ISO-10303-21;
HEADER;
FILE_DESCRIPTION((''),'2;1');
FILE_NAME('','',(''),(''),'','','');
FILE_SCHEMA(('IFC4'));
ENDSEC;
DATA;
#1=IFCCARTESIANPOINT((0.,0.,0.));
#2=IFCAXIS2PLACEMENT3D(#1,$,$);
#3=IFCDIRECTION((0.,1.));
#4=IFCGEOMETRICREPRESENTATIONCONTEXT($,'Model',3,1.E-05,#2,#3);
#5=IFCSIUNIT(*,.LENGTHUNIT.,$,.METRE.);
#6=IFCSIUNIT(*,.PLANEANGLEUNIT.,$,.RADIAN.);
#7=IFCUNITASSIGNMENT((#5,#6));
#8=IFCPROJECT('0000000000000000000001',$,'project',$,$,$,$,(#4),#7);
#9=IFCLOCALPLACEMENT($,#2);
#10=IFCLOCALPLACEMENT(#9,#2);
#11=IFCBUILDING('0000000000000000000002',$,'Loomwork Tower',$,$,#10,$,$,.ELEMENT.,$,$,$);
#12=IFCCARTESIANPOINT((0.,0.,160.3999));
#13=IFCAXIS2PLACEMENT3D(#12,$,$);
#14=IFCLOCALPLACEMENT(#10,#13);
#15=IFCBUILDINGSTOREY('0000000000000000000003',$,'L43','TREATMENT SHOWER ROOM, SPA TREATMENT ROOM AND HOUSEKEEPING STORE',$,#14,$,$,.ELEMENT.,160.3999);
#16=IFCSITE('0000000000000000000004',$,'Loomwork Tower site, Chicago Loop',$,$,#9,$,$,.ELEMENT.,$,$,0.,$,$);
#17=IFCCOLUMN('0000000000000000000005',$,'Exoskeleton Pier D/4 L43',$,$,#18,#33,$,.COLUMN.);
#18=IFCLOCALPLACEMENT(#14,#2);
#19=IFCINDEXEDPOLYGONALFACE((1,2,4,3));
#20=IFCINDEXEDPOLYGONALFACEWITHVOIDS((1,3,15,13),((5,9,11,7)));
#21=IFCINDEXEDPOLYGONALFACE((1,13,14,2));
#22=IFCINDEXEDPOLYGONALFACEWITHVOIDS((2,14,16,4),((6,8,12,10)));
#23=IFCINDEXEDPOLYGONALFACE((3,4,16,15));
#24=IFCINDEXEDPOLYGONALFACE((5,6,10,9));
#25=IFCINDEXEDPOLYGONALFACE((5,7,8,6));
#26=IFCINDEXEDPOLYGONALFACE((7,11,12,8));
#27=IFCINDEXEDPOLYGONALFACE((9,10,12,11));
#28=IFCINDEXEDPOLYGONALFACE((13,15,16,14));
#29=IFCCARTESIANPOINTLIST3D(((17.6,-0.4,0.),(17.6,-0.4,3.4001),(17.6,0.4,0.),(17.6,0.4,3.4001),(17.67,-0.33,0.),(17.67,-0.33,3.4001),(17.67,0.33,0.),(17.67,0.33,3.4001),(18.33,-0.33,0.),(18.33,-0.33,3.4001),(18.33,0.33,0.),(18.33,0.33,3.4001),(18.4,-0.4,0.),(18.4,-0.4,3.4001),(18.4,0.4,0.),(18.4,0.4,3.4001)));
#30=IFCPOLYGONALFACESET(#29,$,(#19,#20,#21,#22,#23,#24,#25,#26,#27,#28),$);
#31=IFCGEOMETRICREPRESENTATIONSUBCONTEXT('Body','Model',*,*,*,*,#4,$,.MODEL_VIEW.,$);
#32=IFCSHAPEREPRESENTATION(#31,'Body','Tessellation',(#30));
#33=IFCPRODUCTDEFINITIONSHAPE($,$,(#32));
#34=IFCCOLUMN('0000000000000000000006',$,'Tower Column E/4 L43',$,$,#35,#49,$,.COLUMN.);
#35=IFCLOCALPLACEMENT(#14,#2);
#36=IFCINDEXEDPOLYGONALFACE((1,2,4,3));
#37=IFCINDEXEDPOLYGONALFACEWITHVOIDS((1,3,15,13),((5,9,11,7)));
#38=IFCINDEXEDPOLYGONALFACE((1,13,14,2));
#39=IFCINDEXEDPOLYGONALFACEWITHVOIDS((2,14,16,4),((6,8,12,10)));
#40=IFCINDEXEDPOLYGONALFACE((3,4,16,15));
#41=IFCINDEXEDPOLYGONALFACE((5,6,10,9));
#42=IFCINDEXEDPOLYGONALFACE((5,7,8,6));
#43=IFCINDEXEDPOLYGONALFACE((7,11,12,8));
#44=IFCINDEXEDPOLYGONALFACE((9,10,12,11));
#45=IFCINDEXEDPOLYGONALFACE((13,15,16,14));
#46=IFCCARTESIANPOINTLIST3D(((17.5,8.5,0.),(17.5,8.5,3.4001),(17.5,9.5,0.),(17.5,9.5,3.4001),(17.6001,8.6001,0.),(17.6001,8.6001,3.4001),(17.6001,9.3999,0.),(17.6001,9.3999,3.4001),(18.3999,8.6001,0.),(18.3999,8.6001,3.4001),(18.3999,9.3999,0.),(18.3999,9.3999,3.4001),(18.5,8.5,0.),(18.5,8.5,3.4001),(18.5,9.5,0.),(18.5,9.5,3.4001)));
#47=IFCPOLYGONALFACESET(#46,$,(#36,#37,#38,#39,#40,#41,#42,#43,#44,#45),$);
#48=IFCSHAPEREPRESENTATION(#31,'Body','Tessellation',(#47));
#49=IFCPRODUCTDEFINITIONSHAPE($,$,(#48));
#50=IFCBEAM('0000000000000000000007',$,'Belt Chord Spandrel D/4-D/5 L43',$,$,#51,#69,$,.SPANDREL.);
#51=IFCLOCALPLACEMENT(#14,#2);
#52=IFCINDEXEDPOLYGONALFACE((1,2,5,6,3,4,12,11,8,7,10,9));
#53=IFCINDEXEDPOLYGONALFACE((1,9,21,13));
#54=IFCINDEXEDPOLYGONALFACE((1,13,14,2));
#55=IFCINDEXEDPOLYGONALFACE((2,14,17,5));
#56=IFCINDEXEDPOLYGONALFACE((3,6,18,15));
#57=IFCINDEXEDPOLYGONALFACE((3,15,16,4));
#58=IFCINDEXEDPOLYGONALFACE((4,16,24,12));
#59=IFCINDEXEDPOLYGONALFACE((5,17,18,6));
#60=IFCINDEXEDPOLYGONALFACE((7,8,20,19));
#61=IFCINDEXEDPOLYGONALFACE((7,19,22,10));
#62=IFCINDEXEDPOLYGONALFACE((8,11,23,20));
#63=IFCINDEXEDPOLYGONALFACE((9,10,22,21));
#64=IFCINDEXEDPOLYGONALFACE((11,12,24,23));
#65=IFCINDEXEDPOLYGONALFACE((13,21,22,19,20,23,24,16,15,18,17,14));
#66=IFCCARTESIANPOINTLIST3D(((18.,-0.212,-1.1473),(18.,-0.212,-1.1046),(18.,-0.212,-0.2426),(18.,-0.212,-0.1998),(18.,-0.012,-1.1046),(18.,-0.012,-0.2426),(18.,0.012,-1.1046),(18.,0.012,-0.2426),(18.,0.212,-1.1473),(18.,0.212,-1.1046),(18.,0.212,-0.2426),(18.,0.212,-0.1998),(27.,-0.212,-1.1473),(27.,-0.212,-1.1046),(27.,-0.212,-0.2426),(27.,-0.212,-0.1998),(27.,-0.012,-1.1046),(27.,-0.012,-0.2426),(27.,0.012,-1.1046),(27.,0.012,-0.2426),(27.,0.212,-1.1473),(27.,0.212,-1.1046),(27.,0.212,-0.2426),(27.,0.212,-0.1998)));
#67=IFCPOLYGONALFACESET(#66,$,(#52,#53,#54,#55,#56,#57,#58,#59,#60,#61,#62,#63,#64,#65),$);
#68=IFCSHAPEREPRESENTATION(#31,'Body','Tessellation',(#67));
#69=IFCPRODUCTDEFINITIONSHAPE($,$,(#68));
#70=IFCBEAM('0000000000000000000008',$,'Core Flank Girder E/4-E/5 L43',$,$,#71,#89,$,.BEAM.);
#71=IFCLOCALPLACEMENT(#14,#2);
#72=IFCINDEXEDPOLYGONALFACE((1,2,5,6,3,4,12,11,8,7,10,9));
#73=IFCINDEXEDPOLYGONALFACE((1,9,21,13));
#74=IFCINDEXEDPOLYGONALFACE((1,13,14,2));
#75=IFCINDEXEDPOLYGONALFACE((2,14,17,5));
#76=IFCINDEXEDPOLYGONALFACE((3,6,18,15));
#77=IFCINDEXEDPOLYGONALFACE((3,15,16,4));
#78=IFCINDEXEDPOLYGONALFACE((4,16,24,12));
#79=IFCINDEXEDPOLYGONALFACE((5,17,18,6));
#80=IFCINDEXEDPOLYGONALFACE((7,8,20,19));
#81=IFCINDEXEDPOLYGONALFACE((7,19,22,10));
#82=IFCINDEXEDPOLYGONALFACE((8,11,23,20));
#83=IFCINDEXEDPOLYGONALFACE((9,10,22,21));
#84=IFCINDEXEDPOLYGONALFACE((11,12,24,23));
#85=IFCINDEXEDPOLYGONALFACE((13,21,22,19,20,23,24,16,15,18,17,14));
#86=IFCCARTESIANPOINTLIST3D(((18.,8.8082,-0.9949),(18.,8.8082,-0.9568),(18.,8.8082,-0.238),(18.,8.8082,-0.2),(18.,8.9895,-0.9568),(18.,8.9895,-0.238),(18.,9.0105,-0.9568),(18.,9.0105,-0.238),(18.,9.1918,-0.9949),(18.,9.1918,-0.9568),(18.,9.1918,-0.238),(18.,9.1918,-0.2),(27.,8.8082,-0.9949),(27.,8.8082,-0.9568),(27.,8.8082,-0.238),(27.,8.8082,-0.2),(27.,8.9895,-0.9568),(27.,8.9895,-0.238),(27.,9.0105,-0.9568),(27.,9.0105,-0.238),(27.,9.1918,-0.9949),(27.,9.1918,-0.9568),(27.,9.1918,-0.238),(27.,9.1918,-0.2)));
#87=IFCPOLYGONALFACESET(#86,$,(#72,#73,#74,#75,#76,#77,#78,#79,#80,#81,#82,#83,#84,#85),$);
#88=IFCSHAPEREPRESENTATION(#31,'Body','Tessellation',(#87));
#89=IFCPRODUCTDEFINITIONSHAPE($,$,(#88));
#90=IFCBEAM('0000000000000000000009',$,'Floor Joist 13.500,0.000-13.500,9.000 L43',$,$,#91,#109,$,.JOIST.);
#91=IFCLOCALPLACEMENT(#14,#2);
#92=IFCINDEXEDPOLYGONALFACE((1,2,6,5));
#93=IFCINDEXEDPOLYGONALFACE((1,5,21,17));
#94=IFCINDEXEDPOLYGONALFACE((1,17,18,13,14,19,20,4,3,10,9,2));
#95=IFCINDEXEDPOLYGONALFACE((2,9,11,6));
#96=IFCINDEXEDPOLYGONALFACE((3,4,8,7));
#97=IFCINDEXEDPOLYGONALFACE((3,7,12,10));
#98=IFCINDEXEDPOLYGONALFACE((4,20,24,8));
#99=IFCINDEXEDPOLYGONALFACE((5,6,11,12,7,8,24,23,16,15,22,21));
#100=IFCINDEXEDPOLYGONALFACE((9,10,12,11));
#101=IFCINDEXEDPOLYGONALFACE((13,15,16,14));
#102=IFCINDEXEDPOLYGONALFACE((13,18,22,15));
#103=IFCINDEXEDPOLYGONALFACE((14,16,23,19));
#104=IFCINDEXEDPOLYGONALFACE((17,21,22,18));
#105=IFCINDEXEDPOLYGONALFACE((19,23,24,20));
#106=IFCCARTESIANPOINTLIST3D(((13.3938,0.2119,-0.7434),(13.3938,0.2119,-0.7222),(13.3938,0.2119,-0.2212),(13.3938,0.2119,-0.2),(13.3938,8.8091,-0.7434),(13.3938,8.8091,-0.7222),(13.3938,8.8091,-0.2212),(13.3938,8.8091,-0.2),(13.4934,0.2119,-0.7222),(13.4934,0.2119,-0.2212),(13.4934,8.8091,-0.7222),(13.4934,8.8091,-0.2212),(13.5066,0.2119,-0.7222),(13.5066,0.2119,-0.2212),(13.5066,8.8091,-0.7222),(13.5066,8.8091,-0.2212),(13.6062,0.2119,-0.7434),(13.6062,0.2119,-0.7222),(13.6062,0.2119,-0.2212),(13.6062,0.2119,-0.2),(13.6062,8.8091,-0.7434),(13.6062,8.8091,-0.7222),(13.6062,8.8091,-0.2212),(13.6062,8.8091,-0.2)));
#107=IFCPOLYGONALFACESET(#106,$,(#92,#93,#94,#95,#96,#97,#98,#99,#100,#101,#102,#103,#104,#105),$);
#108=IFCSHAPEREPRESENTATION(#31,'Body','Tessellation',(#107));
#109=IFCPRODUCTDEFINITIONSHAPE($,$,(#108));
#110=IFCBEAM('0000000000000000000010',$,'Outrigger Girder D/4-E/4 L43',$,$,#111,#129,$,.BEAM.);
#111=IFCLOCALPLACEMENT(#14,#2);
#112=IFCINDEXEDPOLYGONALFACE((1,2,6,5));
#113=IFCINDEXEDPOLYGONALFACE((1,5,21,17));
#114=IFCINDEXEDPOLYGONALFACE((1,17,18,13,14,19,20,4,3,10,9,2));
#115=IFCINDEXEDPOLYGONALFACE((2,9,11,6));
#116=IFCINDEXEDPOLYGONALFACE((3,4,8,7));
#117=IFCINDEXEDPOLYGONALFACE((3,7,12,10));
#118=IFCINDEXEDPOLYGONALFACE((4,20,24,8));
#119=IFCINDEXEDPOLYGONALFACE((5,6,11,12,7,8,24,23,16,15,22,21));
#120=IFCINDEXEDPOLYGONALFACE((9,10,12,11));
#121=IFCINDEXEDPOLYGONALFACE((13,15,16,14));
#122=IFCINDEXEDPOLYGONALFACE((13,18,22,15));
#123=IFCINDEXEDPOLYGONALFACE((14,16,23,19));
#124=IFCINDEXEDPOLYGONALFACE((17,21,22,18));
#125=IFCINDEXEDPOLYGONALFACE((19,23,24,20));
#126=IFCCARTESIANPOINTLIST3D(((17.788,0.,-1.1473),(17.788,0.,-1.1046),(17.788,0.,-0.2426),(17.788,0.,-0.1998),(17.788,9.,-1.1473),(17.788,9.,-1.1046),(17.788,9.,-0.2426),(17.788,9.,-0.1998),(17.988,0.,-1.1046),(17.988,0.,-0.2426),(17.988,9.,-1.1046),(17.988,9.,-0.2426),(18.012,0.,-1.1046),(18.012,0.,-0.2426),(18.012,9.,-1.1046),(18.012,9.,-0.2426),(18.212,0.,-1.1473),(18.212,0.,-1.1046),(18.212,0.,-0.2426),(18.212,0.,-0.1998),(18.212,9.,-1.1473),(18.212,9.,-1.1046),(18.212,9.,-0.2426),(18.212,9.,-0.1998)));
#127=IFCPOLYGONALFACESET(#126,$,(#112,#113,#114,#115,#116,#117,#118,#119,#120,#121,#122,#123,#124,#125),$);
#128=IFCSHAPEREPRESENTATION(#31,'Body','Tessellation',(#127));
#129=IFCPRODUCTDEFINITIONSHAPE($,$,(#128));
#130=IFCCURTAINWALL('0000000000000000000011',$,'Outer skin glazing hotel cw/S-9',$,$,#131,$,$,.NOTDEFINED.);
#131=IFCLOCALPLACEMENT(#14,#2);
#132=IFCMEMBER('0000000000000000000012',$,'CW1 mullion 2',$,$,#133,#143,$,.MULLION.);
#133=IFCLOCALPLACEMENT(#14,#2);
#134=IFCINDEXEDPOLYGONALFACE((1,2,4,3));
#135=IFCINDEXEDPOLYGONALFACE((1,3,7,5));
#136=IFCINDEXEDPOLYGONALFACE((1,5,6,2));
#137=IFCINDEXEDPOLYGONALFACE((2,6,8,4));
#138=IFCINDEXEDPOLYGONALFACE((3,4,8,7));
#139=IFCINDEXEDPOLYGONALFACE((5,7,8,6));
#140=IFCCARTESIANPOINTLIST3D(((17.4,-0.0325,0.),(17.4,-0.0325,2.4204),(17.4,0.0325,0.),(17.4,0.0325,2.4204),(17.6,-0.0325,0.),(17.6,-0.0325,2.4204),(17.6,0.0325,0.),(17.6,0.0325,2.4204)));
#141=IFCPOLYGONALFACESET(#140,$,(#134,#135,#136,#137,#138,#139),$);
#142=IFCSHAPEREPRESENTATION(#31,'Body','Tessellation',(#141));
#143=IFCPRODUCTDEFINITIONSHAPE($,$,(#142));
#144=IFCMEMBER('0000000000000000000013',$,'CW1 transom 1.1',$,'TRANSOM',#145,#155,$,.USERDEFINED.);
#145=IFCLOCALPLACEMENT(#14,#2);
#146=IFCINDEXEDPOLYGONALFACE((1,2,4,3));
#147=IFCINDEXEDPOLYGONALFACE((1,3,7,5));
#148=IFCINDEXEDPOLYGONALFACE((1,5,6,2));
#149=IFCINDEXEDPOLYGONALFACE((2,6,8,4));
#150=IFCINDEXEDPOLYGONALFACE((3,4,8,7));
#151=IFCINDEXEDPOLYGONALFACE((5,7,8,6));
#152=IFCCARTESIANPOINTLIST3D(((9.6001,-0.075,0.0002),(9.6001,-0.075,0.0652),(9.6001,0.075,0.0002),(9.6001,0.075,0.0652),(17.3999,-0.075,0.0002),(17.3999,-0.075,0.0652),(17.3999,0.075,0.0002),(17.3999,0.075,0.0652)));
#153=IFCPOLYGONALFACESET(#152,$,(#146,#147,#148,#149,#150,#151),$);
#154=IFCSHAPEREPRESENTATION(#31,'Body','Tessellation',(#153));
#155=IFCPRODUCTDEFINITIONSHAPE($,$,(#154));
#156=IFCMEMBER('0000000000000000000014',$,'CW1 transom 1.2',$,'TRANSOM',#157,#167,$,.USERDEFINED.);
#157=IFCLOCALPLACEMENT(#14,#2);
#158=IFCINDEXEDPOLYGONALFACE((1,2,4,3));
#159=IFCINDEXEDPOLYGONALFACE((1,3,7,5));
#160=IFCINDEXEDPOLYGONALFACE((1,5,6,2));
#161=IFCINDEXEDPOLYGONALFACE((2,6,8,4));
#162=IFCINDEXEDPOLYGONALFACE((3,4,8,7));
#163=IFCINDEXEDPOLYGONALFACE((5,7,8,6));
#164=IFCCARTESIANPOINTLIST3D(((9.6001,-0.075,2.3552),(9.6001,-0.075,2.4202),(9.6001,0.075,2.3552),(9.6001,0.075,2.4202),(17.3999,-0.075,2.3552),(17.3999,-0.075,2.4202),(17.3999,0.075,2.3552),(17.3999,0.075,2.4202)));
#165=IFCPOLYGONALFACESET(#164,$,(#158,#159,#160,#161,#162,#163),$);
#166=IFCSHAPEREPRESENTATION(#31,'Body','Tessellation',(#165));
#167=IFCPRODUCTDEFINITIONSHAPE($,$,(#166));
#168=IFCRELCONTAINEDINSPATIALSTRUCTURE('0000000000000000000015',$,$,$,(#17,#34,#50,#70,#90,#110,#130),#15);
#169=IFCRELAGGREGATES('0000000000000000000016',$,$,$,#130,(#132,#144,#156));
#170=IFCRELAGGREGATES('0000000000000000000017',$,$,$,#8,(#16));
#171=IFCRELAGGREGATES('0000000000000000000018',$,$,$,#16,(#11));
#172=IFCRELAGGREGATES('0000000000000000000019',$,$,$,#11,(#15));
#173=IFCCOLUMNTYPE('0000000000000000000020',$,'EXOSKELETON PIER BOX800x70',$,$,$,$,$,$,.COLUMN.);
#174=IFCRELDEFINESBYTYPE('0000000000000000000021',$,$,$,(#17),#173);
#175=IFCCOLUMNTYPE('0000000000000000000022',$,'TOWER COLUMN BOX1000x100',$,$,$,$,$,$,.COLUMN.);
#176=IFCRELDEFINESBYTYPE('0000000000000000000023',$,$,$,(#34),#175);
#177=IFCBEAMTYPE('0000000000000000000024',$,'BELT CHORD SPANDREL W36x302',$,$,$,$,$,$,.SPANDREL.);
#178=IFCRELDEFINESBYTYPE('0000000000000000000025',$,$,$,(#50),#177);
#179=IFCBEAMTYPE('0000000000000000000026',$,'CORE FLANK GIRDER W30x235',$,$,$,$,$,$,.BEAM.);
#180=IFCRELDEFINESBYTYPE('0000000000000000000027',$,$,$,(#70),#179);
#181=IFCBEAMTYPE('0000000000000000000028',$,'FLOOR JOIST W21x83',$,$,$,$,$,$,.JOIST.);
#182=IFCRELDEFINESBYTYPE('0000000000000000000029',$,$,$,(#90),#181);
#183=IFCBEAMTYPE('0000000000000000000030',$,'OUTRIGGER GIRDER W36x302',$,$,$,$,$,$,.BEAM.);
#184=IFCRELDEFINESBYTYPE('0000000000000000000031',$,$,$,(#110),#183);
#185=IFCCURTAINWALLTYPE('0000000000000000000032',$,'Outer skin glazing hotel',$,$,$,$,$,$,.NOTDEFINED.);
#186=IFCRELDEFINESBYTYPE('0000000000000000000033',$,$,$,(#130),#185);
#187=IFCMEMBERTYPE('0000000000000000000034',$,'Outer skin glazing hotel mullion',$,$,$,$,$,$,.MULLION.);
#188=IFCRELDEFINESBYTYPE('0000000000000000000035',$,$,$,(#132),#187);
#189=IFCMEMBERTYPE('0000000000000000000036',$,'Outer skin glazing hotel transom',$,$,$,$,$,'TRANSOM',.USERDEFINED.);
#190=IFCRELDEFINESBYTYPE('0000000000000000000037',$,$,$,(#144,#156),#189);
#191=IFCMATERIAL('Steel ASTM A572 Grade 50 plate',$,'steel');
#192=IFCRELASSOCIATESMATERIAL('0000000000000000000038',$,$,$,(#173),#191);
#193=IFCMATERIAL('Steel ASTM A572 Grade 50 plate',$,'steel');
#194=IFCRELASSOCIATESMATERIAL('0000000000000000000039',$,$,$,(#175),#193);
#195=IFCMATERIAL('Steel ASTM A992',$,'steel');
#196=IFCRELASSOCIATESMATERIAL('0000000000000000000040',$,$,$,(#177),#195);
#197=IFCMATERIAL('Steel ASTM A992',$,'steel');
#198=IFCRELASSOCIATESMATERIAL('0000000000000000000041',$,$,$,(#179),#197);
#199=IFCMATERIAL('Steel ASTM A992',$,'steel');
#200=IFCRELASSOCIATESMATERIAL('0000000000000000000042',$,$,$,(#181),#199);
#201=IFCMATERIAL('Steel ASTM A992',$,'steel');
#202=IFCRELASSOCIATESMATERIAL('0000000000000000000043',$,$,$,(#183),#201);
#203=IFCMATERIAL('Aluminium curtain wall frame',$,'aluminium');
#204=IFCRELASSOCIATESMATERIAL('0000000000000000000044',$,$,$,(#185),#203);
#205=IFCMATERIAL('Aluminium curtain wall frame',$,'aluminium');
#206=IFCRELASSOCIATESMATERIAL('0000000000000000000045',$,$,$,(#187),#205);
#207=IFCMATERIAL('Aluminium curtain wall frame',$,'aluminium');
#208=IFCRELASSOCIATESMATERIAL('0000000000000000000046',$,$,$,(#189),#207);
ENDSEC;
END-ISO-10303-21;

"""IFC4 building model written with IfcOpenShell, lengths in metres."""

from ifc_helpers import new_model, si_unit, direction, frame, origin, origin_2d, place, context, subcontext, project, spatial, rectangle, hollow_rectangle, i_section, extrude, material, material_profile, profile_set, type_object, element, aggregate, save


model = new_model("IFC4")

# Units and contexts
model_context = context("Model", 3, precision=1e-05, world=origin(), true_north=direction((0.0, 1.0)))
body_context = subcontext(model_context, "Body", "Model", "MODEL_VIEW")
ifc_project = project(units=[si_unit("LENGTHUNIT", "METRE"), si_unit("PLANEANGLEUNIT", "RADIAN")], contexts=[model_context])

# Site, building, storey
site_placement = place(None, origin())
site = spatial("IfcSite", under=ifc_project, at=site_placement, Name="Loomwork Tower site, Chicago Loop", CompositionType="ELEMENT", RefElevation=0.0)
building_placement = place(site_placement, origin())
building = spatial("IfcBuilding", under=site, at=building_placement, Name="Loomwork Tower", CompositionType="ELEMENT")
storey_placement = place(building_placement, frame((0.0, 0.0, 160.3999)))
storey = spatial("IfcBuildingStorey", under=building, at=storey_placement, Name="L43", Description="TREATMENT SHOWER ROOM, SPA TREATMENT ROOM AND HOUSEKEEPING STORE", CompositionType="ELEMENT", Elevation=160.3999)

# Columns
ifc_material_1 = material(Name="Steel ASTM A572 Grade 50 plate", Category="steel")
ifc_material_profile_1 = material_profile(ifc_material_1, hollow_rectangle(XDim=0.8, YDim=0.8, WallThickness=0.0701, at=origin_2d()), Name="BOX800x70")
ifc_profile_set_1 = profile_set([ifc_material_profile_1], Name="Steel ASTM A572 Grade 50 plate")
column_type_1 = type_object("IfcColumnType", Name="EXOSKELETON PIER BOX800x70", PredefinedType="COLUMN", material=ifc_profile_set_1)
column_1_placement = place(storey_placement, frame((18.0, 0.0, 0.0), z_axis=(0.0, 0.0, 1.0), x_axis=(1.0, 0.0, 0.0)))
element("IfcColumn", 1, at=column_1_placement, inside=storey, type_object=column_type_1, Name="Exoskeleton Pier D/4 L43", PredefinedType="COLUMN", context=body_context, shape_type="SweptSolid", body=[
    extrude(hollow_rectangle(XDim=0.8, YDim=0.8, WallThickness=0.0701, at=origin_2d()), origin(), (0.0, 0.0, 1.0), 3.4001),
])
ifc_material_2 = material(Name="Steel ASTM A572 Grade 50 plate", Category="steel")
ifc_material_profile_2 = material_profile(ifc_material_2, hollow_rectangle(XDim=1.0, YDim=1.0, WallThickness=0.1001, at=origin_2d()), Name="BOX1000x100")
ifc_profile_set_2 = profile_set([ifc_material_profile_2], Name="Steel ASTM A572 Grade 50 plate")
column_type_2 = type_object("IfcColumnType", Name="TOWER COLUMN BOX1000x100", PredefinedType="COLUMN", material=ifc_profile_set_2)
column_2_placement = place(storey_placement, frame((18.0, 9.0, 0.0), z_axis=(0.0, 0.0, 1.0), x_axis=(1.0, 0.0, 0.0)))
element("IfcColumn", 2, at=column_2_placement, inside=storey, type_object=column_type_2, Name="Tower Column E/4 L43", PredefinedType="COLUMN", context=body_context, shape_type="SweptSolid", body=[
    extrude(hollow_rectangle(XDim=1.0, YDim=1.0, WallThickness=0.1001, at=origin_2d()), origin(), (0.0, 0.0, 1.0), 3.4001),
])

# Beams
ifc_material_3 = material(Name="Steel ASTM A992", Category="steel")
ifc_material_profile_3 = material_profile(ifc_material_3, i_section(OverallWidth=0.4241, OverallDepth=0.9475, WebThickness=0.0239, FlangeThickness=0.0427, at=origin_2d()), Name="W36x302")
ifc_profile_set_3 = profile_set([ifc_material_profile_3], Name="Steel ASTM A992")
beam_type_1 = type_object("IfcBeamType", Name="BELT CHORD SPANDREL W36x302", PredefinedType="SPANDREL", material=ifc_profile_set_3)
beam_1_placement = place(storey_placement, frame((18.0, 0.0, -0.6736), z_axis=(1.0, 0.0, 0.0), x_axis=(0.0, 1.0, 0.0)))
element("IfcBeam", 3, at=beam_1_placement, inside=storey, type_object=beam_type_1, Name="Belt Chord Spandrel D/4-D/5 L43", PredefinedType="SPANDREL", context=body_context, shape_type="SweptSolid", body=[
    extrude(i_section(OverallWidth=0.4241, OverallDepth=0.9475, WebThickness=0.0239, FlangeThickness=0.0427, at=origin_2d()), origin(), (0.0, 0.0, 1.0), 9.0),
])
ifc_material_4 = material(Name="Steel ASTM A992", Category="steel")
ifc_material_profile_4 = material_profile(ifc_material_4, i_section(OverallWidth=0.3835, OverallDepth=0.7949, WebThickness=0.021, FlangeThickness=0.0381, at=origin_2d()), Name="W30x235")
ifc_profile_set_4 = profile_set([ifc_material_profile_4], Name="Steel ASTM A992")
beam_type_2 = type_object("IfcBeamType", Name="CORE FLANK GIRDER W30x235", PredefinedType="BEAM", material=ifc_profile_set_4)
beam_2_placement = place(storey_placement, frame((18.0, 9.0, -0.5974), z_axis=(1.0, 0.0, 0.0), x_axis=(0.0, 1.0, 0.0)))
element("IfcBeam", 4, at=beam_2_placement, inside=storey, type_object=beam_type_2, Name="Core Flank Girder E/4-E/5 L43", PredefinedType="BEAM", context=body_context, shape_type="SweptSolid", body=[
    extrude(i_section(OverallWidth=0.3835, OverallDepth=0.7949, WebThickness=0.021, FlangeThickness=0.0381, at=origin_2d()), origin(), (0.0, 0.0, 1.0), 9.0),
])
ifc_material_5 = material(Name="Steel ASTM A992", Category="steel")
ifc_material_profile_5 = material_profile(ifc_material_5, i_section(OverallWidth=0.2124, OverallDepth=0.5435, WebThickness=0.0132, FlangeThickness=0.0212, at=origin_2d()), Name="W21x83")
ifc_profile_set_5 = profile_set([ifc_material_profile_5], Name="Steel ASTM A992")
beam_type_3 = type_object("IfcBeamType", Name="FLOOR JOIST W21x83", PredefinedType="JOIST", material=ifc_profile_set_5)
beam_3_placement = place(storey_placement, frame((13.5, 0.2119, -0.4717), z_axis=(0.0, 1.0, 0.0), x_axis=(-1.0, 0.0, 0.0)))
element("IfcBeam", 5, at=beam_3_placement, inside=storey, type_object=beam_type_3, Name="Floor Joist 13.500,0.000-13.500,9.000 L43", PredefinedType="JOIST", context=body_context, shape_type="SweptSolid", body=[
    extrude(i_section(OverallWidth=0.2124, OverallDepth=0.5435, WebThickness=0.0132, FlangeThickness=0.0212, at=origin_2d()), origin(), (0.0, 0.0, 1.0), 8.5972),
])
ifc_material_6 = material(Name="Steel ASTM A992", Category="steel")
ifc_material_profile_6 = material_profile(ifc_material_6, i_section(OverallWidth=0.4241, OverallDepth=0.9475, WebThickness=0.0239, FlangeThickness=0.0427, at=origin_2d()), Name="W36x302")
ifc_profile_set_6 = profile_set([ifc_material_profile_6], Name="Steel ASTM A992")
beam_type_4 = type_object("IfcBeamType", Name="OUTRIGGER GIRDER W36x302", PredefinedType="BEAM", material=ifc_profile_set_6)
beam_4_placement = place(storey_placement, frame((18.0, 0.0, -0.6736), z_axis=(0.0, 1.0, 0.0), x_axis=(-1.0, 0.0, 0.0)))
element("IfcBeam", 6, at=beam_4_placement, inside=storey, type_object=beam_type_4, Name="Outrigger Girder D/4-E/4 L43", PredefinedType="BEAM", context=body_context, shape_type="SweptSolid", body=[
    extrude(i_section(OverallWidth=0.4241, OverallDepth=0.9475, WebThickness=0.0239, FlangeThickness=0.0427, at=origin_2d()), origin(), (0.0, 0.0, 1.0), 9.0),
])

# Curtain wall, members
ifc_material_7 = material(Name="Aluminium curtain wall frame", Category="aluminium")
curtain_wall_type = type_object("IfcCurtainWallType", Name="Outer skin glazing hotel", PredefinedType="NOTDEFINED", material=ifc_material_7)
curtain_wall_placement = place(storey_placement, origin())
curtain_wall = element("IfcCurtainWall", 7, at=curtain_wall_placement, inside=storey, type_object=curtain_wall_type, Name="Outer skin glazing hotel cw/S-9", PredefinedType="NOTDEFINED")
ifc_material_8 = material(Name="Aluminium curtain wall frame", Category="aluminium")
ifc_material_profile_7 = material_profile(ifc_material_8, rectangle(XDim=0.0649, YDim=0.2, at=origin_2d()), Name="AL 65x200")
ifc_profile_set_7 = profile_set([ifc_material_profile_7], Name="Aluminium curtain wall frame")
member_type_1 = type_object("IfcMemberType", Name="Outer skin glazing hotel mullion", PredefinedType="MULLION", material=ifc_profile_set_7)
member_1_placement = place(storey_placement, frame((17.5, 0.0, 0.0), z_axis=(0.0, 0.0, 1.0), x_axis=(0.0, 1.0, 0.0)))
member_1 = element("IfcMember", 8, at=member_1_placement, type_object=member_type_1, Name="CW1 mullion 2", PredefinedType="MULLION", context=body_context, shape_type="SweptSolid", body=[
    extrude(rectangle(XDim=0.0649, YDim=0.2, at=origin_2d()), origin(), (0.0, 0.0, 1.0), 2.4204),
])
ifc_material_9 = material(Name="Aluminium curtain wall frame", Category="aluminium")
ifc_material_profile_8 = material_profile(ifc_material_9, rectangle(XDim=0.1499, YDim=0.0649, at=origin_2d()), Name="AL 65x150")
ifc_profile_set_8 = profile_set([ifc_material_profile_8], Name="Aluminium curtain wall frame")
member_type_2 = type_object("IfcMemberType", Name="Outer skin glazing hotel transom", ElementType="TRANSOM", PredefinedType="USERDEFINED", material=ifc_profile_set_8)
member_2_placement = place(storey_placement, frame((9.6001, 0.0, 0.0327), z_axis=(1.0, 0.0, 0.0), x_axis=(0.0, 1.0, 0.0)))
member_2 = element("IfcMember", 9, at=member_2_placement, type_object=member_type_2, Name="CW1 transom 1.1", ObjectType="TRANSOM", PredefinedType="USERDEFINED", context=body_context, shape_type="SweptSolid", body=[
    extrude(rectangle(XDim=0.1499, YDim=0.0649, at=origin_2d()), origin(), (0.0, 0.0, 1.0), 7.7998),
])
member_3_placement = place(storey_placement, frame((9.6001, 0.0, 2.3877), z_axis=(1.0, 0.0, 0.0), x_axis=(0.0, 1.0, 0.0)))
member_3 = element("IfcMember", 10, at=member_3_placement, type_object=member_type_2, Name="CW1 transom 1.2", ObjectType="TRANSOM", PredefinedType="USERDEFINED", context=body_context, shape_type="SweptSolid", body=[
    extrude(rectangle(XDim=0.1499, YDim=0.0649, at=origin_2d()), origin(), (0.0, 0.0, 1.0), 7.7998),
])
aggregate(curtain_wall, [member_1, member_2, member_3])

save(model, "model.ifc")
